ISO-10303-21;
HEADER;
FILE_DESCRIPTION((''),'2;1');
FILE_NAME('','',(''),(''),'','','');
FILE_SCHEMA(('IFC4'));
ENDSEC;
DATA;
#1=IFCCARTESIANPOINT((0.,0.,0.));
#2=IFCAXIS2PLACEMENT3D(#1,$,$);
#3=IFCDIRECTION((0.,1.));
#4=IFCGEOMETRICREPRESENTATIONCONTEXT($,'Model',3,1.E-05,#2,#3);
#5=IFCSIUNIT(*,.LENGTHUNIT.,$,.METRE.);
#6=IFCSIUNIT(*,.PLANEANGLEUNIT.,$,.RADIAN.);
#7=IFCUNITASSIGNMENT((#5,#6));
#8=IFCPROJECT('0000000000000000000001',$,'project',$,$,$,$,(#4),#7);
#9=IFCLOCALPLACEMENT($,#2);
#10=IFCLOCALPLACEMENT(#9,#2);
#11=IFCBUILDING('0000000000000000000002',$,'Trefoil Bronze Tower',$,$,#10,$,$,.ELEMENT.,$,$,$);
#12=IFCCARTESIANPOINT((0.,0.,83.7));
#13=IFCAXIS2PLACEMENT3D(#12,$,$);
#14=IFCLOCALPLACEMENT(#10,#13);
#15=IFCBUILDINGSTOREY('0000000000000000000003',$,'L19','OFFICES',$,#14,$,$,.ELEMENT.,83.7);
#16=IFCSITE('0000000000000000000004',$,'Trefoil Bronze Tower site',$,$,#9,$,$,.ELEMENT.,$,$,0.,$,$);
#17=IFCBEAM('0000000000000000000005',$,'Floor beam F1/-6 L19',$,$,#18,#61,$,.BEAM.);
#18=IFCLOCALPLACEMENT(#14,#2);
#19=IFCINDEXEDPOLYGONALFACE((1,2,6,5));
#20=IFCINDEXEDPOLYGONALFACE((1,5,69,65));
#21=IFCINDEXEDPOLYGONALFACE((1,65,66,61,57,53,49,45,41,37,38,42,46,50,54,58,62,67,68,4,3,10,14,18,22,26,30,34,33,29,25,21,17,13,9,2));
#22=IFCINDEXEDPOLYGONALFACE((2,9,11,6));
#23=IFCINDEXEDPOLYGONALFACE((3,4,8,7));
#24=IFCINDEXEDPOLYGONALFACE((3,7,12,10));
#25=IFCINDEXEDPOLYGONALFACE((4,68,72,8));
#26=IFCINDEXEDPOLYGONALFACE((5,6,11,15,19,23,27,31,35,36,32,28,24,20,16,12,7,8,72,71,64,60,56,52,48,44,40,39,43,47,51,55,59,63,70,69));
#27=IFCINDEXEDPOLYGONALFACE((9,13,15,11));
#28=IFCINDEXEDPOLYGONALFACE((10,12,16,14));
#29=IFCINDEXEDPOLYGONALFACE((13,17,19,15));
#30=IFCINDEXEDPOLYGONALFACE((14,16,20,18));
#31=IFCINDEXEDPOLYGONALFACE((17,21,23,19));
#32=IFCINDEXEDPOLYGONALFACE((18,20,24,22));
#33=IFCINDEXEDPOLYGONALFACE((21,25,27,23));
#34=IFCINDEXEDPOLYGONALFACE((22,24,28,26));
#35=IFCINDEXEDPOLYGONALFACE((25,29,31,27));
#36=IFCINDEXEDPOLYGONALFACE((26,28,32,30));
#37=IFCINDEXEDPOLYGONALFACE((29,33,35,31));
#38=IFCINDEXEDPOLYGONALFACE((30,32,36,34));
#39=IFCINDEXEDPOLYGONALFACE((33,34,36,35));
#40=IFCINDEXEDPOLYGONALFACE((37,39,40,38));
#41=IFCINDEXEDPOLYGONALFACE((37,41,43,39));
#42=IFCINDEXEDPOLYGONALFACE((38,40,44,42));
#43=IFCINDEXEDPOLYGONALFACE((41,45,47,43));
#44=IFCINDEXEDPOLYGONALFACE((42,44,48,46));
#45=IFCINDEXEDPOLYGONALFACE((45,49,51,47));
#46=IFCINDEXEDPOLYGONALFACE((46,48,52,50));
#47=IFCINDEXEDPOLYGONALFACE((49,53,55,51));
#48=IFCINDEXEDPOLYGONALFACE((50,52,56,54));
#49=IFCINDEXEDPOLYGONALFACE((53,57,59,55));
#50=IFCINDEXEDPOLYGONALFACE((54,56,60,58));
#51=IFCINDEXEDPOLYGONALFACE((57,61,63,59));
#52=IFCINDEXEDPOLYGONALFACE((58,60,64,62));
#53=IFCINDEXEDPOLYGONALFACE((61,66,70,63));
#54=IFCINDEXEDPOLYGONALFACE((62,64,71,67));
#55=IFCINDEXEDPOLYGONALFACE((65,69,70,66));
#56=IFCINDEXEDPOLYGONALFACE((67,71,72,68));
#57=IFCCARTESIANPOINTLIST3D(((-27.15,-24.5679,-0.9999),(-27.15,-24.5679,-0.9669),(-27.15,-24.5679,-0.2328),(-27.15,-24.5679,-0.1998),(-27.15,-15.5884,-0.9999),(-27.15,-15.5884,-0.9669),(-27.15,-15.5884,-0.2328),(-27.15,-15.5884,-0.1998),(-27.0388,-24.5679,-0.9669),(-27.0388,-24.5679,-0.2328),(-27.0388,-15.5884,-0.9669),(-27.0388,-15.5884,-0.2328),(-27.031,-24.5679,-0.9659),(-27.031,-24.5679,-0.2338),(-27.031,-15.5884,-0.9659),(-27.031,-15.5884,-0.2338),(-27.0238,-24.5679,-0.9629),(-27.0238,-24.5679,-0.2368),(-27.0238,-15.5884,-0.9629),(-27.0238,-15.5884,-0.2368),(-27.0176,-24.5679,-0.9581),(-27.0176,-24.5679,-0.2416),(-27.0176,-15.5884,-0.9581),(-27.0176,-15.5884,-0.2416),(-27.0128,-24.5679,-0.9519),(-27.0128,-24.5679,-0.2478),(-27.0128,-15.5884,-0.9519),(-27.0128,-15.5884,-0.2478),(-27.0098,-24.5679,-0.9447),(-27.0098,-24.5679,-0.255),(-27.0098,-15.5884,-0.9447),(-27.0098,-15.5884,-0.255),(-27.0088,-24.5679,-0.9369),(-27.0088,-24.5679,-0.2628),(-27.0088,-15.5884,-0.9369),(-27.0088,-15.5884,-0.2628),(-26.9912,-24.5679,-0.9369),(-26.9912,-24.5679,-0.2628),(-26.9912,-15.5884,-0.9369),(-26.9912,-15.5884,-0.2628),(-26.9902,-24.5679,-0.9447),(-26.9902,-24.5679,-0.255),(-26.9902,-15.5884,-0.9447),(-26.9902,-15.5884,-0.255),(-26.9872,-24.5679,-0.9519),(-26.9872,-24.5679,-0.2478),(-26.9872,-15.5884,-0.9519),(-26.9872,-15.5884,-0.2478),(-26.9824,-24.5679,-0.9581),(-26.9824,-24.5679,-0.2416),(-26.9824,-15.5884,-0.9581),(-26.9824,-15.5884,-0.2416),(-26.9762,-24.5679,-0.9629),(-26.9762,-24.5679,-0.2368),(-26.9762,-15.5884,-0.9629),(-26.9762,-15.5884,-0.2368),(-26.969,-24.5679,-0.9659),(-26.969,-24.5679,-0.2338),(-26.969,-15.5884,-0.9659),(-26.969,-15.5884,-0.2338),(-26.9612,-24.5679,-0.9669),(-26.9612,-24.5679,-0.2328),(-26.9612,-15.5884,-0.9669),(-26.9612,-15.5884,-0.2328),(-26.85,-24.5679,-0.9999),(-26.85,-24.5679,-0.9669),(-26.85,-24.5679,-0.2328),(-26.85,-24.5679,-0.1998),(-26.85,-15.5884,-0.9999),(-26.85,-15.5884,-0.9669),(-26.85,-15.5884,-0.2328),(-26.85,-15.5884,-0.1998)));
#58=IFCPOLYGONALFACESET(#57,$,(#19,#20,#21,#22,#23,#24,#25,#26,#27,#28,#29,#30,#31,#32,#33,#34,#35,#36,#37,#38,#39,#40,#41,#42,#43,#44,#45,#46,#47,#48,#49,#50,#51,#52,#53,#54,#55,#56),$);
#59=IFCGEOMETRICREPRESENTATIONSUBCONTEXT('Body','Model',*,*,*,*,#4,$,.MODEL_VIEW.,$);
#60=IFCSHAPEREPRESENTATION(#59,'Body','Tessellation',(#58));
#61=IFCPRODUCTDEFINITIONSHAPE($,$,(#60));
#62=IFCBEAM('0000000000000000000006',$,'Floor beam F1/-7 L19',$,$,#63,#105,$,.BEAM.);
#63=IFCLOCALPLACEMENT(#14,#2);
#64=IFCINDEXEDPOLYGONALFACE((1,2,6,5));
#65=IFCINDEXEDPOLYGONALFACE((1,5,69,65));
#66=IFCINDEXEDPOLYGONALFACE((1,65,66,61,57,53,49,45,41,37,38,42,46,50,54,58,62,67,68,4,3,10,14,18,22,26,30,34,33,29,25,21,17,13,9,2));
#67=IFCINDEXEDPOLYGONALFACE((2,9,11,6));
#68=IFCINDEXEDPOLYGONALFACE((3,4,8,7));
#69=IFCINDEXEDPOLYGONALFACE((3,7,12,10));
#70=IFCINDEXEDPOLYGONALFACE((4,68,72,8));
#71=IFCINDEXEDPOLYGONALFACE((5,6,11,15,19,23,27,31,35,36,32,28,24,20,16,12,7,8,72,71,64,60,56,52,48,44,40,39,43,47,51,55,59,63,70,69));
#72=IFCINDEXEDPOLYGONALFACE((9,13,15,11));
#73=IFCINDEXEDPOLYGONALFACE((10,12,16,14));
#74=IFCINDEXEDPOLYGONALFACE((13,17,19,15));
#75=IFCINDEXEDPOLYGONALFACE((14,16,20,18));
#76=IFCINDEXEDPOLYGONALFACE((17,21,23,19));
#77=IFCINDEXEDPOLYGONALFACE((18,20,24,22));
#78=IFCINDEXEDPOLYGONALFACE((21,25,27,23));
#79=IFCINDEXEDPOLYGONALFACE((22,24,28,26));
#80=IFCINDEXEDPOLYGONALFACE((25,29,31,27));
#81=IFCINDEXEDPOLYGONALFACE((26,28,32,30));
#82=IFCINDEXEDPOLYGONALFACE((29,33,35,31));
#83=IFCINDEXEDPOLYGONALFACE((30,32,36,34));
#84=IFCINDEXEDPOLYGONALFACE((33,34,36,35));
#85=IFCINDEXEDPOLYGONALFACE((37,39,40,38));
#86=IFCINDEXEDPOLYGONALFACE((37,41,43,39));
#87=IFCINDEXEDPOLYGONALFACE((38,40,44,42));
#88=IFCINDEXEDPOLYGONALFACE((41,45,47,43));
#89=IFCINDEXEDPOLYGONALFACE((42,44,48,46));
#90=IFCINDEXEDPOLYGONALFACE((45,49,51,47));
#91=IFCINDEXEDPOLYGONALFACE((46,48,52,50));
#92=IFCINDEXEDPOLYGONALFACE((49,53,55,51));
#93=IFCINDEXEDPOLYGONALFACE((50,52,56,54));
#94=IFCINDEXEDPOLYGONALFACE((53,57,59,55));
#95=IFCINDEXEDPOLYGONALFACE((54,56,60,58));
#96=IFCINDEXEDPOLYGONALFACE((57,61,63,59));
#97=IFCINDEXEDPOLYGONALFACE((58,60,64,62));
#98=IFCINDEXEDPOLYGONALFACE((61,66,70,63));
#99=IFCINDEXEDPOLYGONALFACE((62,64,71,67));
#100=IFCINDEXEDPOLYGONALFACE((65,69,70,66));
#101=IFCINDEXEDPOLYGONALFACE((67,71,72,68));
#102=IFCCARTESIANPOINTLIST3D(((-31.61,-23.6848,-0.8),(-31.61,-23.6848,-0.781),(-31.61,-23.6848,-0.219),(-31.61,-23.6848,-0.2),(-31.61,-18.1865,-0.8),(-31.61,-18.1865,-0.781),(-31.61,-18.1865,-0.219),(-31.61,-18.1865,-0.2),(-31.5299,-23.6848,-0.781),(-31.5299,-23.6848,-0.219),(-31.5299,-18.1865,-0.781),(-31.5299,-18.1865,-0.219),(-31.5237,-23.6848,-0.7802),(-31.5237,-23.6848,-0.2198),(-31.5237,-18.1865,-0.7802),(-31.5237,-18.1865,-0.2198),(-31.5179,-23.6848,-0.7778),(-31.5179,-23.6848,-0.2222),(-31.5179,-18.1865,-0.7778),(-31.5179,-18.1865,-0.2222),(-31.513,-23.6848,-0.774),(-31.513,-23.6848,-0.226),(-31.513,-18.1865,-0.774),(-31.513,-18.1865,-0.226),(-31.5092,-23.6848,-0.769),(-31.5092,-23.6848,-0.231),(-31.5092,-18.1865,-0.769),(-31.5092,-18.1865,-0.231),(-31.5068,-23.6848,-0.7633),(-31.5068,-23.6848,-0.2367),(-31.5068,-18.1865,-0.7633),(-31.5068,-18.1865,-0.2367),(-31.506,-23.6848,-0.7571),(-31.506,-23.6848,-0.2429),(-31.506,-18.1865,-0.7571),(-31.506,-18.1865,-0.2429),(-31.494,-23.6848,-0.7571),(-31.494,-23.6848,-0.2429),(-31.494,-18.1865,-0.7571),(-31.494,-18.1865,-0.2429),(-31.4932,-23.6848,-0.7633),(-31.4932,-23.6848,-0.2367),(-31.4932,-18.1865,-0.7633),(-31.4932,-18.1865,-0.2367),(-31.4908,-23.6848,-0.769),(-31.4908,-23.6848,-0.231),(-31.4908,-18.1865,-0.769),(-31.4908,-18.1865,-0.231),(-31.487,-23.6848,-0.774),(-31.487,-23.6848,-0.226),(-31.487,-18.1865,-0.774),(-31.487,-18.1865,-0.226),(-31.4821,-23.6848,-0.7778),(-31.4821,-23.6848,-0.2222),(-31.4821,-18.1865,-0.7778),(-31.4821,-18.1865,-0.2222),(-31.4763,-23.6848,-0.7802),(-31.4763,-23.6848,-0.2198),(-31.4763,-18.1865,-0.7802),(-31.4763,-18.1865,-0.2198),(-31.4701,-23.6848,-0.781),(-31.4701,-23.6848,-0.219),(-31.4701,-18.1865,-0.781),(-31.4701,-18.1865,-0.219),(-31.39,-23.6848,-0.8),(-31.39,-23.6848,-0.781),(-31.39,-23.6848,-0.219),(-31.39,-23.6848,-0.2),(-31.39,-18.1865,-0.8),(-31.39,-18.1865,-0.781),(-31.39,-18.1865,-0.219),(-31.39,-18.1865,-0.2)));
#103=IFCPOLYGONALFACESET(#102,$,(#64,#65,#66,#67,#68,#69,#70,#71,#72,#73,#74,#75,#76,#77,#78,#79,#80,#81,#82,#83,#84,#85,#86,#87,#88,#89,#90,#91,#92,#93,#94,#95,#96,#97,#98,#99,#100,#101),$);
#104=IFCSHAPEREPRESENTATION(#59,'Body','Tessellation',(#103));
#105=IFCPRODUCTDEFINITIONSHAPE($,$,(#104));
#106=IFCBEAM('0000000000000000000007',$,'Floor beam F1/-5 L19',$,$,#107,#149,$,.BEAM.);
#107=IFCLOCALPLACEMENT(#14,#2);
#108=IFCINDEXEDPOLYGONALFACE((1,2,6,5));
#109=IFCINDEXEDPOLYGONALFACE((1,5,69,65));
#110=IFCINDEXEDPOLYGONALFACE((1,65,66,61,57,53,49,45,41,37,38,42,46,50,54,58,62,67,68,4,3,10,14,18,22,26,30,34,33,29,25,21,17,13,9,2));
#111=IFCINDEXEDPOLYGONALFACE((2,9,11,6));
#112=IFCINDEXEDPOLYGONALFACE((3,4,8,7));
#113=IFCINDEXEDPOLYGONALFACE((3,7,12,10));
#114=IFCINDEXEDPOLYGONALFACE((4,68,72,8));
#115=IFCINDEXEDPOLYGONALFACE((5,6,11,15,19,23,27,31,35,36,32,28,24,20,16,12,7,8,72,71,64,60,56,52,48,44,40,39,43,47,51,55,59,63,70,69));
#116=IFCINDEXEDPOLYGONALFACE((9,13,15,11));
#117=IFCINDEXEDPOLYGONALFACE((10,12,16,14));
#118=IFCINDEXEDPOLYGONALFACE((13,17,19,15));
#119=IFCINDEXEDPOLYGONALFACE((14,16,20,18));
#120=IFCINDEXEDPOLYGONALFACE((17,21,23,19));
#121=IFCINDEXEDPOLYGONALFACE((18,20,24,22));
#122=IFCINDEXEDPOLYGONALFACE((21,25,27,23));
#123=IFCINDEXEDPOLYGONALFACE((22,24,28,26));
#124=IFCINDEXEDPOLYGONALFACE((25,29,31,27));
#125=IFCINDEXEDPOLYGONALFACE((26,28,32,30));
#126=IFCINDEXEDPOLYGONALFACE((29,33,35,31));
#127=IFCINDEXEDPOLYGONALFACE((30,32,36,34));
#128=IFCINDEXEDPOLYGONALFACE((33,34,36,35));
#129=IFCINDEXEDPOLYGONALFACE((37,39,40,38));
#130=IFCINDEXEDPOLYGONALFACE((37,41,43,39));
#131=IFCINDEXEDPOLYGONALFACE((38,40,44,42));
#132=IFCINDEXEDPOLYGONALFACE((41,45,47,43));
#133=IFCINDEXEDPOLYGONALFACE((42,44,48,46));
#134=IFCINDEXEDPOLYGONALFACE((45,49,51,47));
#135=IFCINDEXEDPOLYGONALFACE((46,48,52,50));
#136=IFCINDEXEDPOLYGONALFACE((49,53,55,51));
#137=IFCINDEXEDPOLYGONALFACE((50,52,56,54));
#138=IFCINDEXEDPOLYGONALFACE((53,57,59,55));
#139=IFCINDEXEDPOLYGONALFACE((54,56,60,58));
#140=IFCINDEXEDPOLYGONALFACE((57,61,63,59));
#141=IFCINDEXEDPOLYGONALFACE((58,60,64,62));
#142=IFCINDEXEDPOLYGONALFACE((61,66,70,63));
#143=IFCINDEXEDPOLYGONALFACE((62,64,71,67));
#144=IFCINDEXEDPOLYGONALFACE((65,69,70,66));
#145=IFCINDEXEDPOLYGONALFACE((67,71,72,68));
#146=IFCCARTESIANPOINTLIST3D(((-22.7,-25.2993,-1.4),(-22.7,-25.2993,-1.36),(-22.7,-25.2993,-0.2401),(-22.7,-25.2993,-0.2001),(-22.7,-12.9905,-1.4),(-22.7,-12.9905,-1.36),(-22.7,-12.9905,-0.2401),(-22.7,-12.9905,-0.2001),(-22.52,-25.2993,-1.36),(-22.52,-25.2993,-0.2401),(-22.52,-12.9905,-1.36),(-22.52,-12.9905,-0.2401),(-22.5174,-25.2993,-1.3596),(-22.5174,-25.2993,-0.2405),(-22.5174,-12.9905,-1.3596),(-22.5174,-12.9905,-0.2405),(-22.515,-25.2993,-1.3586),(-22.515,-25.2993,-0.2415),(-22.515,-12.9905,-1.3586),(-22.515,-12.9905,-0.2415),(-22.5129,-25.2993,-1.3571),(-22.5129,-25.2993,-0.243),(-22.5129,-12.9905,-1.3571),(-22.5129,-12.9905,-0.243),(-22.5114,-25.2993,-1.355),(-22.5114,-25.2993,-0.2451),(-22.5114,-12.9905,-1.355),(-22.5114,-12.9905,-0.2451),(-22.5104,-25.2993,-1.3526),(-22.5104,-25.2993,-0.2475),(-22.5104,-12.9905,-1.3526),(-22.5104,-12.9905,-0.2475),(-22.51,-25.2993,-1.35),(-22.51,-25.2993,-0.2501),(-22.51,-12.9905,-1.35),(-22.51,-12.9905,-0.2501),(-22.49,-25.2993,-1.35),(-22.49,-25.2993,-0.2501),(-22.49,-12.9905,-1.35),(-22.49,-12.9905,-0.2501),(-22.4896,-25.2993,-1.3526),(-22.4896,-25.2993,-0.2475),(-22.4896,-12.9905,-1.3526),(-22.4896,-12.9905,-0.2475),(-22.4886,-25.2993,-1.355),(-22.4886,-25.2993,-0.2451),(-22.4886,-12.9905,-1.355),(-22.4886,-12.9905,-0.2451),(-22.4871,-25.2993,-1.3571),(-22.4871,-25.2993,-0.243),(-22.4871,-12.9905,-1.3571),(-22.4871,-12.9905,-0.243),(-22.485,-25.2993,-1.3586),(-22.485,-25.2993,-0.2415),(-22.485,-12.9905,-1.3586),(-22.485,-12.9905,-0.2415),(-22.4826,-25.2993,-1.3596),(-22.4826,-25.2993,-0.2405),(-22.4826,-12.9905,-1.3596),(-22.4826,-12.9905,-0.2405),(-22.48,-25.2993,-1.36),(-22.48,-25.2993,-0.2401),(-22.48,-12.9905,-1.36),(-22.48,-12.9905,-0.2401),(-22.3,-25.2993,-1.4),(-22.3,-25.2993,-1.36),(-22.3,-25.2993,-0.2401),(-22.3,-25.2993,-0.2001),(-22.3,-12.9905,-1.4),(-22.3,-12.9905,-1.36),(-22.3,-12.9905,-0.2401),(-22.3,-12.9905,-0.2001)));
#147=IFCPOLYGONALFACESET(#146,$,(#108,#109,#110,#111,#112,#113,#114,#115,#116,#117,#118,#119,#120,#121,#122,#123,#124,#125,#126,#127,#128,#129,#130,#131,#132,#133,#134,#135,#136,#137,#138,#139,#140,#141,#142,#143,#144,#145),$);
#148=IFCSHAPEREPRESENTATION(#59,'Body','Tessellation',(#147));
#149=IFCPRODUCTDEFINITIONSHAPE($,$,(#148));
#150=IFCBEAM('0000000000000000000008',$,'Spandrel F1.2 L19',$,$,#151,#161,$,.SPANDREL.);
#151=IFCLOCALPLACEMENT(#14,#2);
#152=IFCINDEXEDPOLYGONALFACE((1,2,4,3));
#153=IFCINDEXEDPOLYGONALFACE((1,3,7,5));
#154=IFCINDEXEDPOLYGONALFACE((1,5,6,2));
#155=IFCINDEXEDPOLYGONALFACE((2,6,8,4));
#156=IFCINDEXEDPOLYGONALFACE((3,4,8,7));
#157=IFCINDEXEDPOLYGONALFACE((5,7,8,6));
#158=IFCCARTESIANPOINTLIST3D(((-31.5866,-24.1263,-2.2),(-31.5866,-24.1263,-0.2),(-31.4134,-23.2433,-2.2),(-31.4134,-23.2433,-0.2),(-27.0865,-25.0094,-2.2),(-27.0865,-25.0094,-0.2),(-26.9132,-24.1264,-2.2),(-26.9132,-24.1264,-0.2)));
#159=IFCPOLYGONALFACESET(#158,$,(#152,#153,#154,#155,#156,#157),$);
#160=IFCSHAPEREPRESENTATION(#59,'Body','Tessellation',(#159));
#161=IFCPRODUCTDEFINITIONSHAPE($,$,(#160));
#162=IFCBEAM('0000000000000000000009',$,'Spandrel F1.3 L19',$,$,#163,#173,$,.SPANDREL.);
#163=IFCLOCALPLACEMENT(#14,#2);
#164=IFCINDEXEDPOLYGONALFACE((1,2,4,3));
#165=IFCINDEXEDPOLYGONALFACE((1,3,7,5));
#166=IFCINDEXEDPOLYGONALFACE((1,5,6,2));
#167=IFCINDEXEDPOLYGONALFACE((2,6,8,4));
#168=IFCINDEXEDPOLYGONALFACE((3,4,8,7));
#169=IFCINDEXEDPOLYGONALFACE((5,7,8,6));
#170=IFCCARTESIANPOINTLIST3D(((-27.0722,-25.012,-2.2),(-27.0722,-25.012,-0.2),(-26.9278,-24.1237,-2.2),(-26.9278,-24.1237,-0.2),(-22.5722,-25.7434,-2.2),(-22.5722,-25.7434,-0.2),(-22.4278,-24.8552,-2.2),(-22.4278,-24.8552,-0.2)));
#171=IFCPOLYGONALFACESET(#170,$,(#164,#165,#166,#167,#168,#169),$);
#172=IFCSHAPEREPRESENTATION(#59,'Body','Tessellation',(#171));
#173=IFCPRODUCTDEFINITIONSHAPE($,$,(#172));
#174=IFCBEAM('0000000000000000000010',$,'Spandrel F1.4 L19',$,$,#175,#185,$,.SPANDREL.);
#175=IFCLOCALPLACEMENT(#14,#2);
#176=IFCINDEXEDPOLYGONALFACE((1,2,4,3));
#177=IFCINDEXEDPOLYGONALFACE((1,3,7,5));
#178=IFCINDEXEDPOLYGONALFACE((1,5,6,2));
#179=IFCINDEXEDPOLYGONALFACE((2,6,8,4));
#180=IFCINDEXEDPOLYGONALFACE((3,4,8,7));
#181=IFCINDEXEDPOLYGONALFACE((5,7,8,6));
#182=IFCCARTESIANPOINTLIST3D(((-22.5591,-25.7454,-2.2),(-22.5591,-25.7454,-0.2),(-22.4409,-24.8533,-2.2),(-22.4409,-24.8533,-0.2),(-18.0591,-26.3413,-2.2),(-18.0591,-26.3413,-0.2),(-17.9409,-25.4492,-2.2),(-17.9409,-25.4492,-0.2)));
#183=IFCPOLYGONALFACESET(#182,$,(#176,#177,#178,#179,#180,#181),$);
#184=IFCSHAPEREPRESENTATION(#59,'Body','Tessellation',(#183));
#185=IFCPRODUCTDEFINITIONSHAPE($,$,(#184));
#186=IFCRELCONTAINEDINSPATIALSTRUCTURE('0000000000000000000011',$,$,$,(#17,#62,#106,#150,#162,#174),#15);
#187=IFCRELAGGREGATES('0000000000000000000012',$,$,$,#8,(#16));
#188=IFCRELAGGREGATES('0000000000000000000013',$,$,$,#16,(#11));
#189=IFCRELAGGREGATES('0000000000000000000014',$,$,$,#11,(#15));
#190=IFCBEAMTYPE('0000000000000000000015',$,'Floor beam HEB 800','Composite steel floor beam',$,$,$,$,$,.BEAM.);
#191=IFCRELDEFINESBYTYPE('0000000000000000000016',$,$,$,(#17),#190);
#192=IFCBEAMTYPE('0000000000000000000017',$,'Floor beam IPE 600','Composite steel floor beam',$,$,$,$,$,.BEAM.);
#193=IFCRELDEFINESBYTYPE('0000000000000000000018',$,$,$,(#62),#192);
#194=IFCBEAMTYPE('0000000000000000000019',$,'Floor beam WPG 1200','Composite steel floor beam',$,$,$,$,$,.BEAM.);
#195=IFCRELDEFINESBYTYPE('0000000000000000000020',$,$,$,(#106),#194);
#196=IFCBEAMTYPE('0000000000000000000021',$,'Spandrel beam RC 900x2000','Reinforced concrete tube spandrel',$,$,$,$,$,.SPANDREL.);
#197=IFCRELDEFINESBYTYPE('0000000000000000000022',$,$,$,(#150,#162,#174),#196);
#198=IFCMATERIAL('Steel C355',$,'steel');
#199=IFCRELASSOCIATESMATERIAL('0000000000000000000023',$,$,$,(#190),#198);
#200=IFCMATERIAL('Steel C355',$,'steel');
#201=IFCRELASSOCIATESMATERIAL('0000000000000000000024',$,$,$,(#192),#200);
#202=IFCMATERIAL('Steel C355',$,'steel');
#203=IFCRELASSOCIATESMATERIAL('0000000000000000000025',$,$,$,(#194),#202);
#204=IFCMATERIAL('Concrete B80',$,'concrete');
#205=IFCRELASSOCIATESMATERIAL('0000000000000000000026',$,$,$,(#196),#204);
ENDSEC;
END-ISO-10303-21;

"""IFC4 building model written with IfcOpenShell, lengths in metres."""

from ifc_helpers import new_model, si_unit, direction, frame, origin, origin_2d, place, context, subcontext, project, spatial, rectangle, i_section, extrude, material, material_profile, profile_set, type_object, element, save


model = new_model("IFC4")

# Units and contexts
model_context = context("Model", 3, precision=1e-05, world=origin(), true_north=direction((0.0, 1.0)))
body_context = subcontext(model_context, "Body", "Model", "MODEL_VIEW")
ifc_project = project(units=[si_unit("LENGTHUNIT", "METRE"), si_unit("PLANEANGLEUNIT", "RADIAN")], contexts=[model_context])

# Site, building, storey
site_placement = place(None, origin())
site = spatial("IfcSite", under=ifc_project, at=site_placement, Name="Trefoil Bronze Tower site", CompositionType="ELEMENT", RefElevation=0.0)
building_placement = place(site_placement, origin())
building = spatial("IfcBuilding", under=site, at=building_placement, Name="Trefoil Bronze Tower", CompositionType="ELEMENT")
storey_placement = place(building_placement, frame((0.0, 0.0, 83.7)))
storey = spatial("IfcBuildingStorey", under=building, at=storey_placement, Name="L19", Description="OFFICES", CompositionType="ELEMENT", Elevation=83.7)

# Beams
ifc_material_1 = material(Name="Steel C355", Category="steel")
ifc_material_profile_1 = material_profile(ifc_material_1, i_section(OverallWidth=0.3, OverallDepth=0.8, WebThickness=0.0176, FlangeThickness=0.033, FilletRadius=0.03, at=origin_2d()), Name="HEB 800")
ifc_profile_set_1 = profile_set([ifc_material_profile_1], Name="Steel C355")
beam_type_1 = type_object("IfcBeamType", Name="Floor beam HEB 800", Description="Composite steel floor beam", PredefinedType="BEAM", material=ifc_profile_set_1)
beam_1_placement = place(storey_placement, frame((-27.0, -24.5679, -0.5999), z_axis=(0.0, 1.0, 0.0), x_axis=(-1.0, 0.0, 0.0)))
element("IfcBeam", 1, at=beam_1_placement, inside=storey, type_object=beam_type_1, Name="Floor beam F1/-6 L19", PredefinedType="BEAM", context=body_context, shape_type="SweptSolid", body=[
    extrude(i_section(OverallWidth=0.3, OverallDepth=0.8, WebThickness=0.0176, FlangeThickness=0.033, FilletRadius=0.03, at=origin_2d()), origin(), (0.0, 0.0, 1.0), 8.9795),
])
ifc_material_2 = material(Name="Steel C355", Category="steel")
ifc_material_profile_2 = material_profile(ifc_material_2, i_section(OverallWidth=0.22, OverallDepth=0.6001, WebThickness=0.012, FlangeThickness=0.019, FilletRadius=0.0239, at=origin_2d()), Name="IPE 600")
ifc_profile_set_2 = profile_set([ifc_material_profile_2], Name="Steel C355")
beam_type_2 = type_object("IfcBeamType", Name="Floor beam IPE 600", Description="Composite steel floor beam", PredefinedType="BEAM", material=ifc_profile_set_2)
beam_2_placement = place(storey_placement, frame((-31.5, -23.6848, -0.5), z_axis=(0.0, 1.0, 0.0), x_axis=(-1.0, 0.0, 0.0)))
element("IfcBeam", 2, at=beam_2_placement, inside=storey, type_object=beam_type_2, Name="Floor beam F1/-7 L19", PredefinedType="BEAM", context=body_context, shape_type="SweptSolid", body=[
    extrude(i_section(OverallWidth=0.22, OverallDepth=0.6001, WebThickness=0.012, FlangeThickness=0.019, FilletRadius=0.0239, at=origin_2d()), origin(), (0.0, 0.0, 1.0), 5.4983),
])
ifc_material_3 = material(Name="Steel C355", Category="steel")
ifc_material_profile_3 = material_profile(ifc_material_3, i_section(OverallWidth=0.3999, OverallDepth=1.2, WebThickness=0.02, FlangeThickness=0.04, FilletRadius=0.01, at=origin_2d()), Name="WPG 1200")
ifc_profile_set_3 = profile_set([ifc_material_profile_3], Name="Steel C355")
beam_type_3 = type_object("IfcBeamType", Name="Floor beam WPG 1200", Description="Composite steel floor beam", PredefinedType="BEAM", material=ifc_profile_set_3)
beam_3_placement = place(storey_placement, frame((-22.5, -25.2993, -0.8), z_axis=(0.0, 1.0, 0.0), x_axis=(-1.0, 0.0, 0.0)))
element("IfcBeam", 3, at=beam_3_placement, inside=storey, type_object=beam_type_3, Name="Floor beam F1/-5 L19", PredefinedType="BEAM", context=body_context, shape_type="SweptSolid", body=[
    extrude(i_section(OverallWidth=0.3999, OverallDepth=1.2, WebThickness=0.02, FlangeThickness=0.04, FilletRadius=0.01, at=origin_2d()), origin(), (0.0, 0.0, 1.0), 12.3088),
])
ifc_material_4 = material(Name="Concrete B80", Category="concrete")
ifc_material_profile_4 = material_profile(ifc_material_4, rectangle(XDim=0.8999, YDim=2.0, at=origin_2d()), Name="RC 900x2000")
ifc_profile_set_4 = profile_set([ifc_material_profile_4], Name="Concrete B80")
beam_type_4 = type_object("IfcBeamType", Name="Spandrel beam RC 900x2000", Description="Reinforced concrete tube spandrel", PredefinedType="SPANDREL", material=ifc_profile_set_4)
beam_4_placement = place(storey_placement, frame((-31.5, -23.6848, -1.2), z_axis=(0.981285, -0.192562, 0.0), x_axis=(0.192562, 0.981285, 0.0)))
element("IfcBeam", 4, at=beam_4_placement, inside=storey, type_object=beam_type_4, Name="Spandrel F1.2 L19", PredefinedType="SPANDREL", context=body_context, shape_type="SweptSolid", body=[
    extrude(rectangle(XDim=0.8999, YDim=2.0, at=origin_2d()), origin(), (0.0, 0.0, 1.0), 4.5859),
])
beam_5_placement = place(storey_placement, frame((-27.0, -24.5679, -1.2), z_axis=(0.987046, -0.160438, 0.0), x_axis=(0.160438, 0.987046, 0.0)))
element("IfcBeam", 5, at=beam_5_placement, inside=storey, type_object=beam_type_4, Name="Spandrel F1.3 L19", PredefinedType="SPANDREL", context=body_context, shape_type="SweptSolid", body=[
    extrude(rectangle(XDim=0.8999, YDim=2.0, at=origin_2d()), origin(), (0.0, 0.0, 1.0), 4.5591),
])
beam_6_placement = place(storey_placement, frame((-22.5, -25.2993, -1.2), z_axis=(0.991344, -0.131286, 0.0), x_axis=(0.131286, 0.991344, 0.0)))
element("IfcBeam", 6, at=beam_6_placement, inside=storey, type_object=beam_type_4, Name="Spandrel F1.4 L19", PredefinedType="SPANDREL", context=body_context, shape_type="SweptSolid", body=[
    extrude(rectangle(XDim=0.8999, YDim=2.0, at=origin_2d()), origin(), (0.0, 0.0, 1.0), 4.5393),
])

save(model, "model.ifc")
